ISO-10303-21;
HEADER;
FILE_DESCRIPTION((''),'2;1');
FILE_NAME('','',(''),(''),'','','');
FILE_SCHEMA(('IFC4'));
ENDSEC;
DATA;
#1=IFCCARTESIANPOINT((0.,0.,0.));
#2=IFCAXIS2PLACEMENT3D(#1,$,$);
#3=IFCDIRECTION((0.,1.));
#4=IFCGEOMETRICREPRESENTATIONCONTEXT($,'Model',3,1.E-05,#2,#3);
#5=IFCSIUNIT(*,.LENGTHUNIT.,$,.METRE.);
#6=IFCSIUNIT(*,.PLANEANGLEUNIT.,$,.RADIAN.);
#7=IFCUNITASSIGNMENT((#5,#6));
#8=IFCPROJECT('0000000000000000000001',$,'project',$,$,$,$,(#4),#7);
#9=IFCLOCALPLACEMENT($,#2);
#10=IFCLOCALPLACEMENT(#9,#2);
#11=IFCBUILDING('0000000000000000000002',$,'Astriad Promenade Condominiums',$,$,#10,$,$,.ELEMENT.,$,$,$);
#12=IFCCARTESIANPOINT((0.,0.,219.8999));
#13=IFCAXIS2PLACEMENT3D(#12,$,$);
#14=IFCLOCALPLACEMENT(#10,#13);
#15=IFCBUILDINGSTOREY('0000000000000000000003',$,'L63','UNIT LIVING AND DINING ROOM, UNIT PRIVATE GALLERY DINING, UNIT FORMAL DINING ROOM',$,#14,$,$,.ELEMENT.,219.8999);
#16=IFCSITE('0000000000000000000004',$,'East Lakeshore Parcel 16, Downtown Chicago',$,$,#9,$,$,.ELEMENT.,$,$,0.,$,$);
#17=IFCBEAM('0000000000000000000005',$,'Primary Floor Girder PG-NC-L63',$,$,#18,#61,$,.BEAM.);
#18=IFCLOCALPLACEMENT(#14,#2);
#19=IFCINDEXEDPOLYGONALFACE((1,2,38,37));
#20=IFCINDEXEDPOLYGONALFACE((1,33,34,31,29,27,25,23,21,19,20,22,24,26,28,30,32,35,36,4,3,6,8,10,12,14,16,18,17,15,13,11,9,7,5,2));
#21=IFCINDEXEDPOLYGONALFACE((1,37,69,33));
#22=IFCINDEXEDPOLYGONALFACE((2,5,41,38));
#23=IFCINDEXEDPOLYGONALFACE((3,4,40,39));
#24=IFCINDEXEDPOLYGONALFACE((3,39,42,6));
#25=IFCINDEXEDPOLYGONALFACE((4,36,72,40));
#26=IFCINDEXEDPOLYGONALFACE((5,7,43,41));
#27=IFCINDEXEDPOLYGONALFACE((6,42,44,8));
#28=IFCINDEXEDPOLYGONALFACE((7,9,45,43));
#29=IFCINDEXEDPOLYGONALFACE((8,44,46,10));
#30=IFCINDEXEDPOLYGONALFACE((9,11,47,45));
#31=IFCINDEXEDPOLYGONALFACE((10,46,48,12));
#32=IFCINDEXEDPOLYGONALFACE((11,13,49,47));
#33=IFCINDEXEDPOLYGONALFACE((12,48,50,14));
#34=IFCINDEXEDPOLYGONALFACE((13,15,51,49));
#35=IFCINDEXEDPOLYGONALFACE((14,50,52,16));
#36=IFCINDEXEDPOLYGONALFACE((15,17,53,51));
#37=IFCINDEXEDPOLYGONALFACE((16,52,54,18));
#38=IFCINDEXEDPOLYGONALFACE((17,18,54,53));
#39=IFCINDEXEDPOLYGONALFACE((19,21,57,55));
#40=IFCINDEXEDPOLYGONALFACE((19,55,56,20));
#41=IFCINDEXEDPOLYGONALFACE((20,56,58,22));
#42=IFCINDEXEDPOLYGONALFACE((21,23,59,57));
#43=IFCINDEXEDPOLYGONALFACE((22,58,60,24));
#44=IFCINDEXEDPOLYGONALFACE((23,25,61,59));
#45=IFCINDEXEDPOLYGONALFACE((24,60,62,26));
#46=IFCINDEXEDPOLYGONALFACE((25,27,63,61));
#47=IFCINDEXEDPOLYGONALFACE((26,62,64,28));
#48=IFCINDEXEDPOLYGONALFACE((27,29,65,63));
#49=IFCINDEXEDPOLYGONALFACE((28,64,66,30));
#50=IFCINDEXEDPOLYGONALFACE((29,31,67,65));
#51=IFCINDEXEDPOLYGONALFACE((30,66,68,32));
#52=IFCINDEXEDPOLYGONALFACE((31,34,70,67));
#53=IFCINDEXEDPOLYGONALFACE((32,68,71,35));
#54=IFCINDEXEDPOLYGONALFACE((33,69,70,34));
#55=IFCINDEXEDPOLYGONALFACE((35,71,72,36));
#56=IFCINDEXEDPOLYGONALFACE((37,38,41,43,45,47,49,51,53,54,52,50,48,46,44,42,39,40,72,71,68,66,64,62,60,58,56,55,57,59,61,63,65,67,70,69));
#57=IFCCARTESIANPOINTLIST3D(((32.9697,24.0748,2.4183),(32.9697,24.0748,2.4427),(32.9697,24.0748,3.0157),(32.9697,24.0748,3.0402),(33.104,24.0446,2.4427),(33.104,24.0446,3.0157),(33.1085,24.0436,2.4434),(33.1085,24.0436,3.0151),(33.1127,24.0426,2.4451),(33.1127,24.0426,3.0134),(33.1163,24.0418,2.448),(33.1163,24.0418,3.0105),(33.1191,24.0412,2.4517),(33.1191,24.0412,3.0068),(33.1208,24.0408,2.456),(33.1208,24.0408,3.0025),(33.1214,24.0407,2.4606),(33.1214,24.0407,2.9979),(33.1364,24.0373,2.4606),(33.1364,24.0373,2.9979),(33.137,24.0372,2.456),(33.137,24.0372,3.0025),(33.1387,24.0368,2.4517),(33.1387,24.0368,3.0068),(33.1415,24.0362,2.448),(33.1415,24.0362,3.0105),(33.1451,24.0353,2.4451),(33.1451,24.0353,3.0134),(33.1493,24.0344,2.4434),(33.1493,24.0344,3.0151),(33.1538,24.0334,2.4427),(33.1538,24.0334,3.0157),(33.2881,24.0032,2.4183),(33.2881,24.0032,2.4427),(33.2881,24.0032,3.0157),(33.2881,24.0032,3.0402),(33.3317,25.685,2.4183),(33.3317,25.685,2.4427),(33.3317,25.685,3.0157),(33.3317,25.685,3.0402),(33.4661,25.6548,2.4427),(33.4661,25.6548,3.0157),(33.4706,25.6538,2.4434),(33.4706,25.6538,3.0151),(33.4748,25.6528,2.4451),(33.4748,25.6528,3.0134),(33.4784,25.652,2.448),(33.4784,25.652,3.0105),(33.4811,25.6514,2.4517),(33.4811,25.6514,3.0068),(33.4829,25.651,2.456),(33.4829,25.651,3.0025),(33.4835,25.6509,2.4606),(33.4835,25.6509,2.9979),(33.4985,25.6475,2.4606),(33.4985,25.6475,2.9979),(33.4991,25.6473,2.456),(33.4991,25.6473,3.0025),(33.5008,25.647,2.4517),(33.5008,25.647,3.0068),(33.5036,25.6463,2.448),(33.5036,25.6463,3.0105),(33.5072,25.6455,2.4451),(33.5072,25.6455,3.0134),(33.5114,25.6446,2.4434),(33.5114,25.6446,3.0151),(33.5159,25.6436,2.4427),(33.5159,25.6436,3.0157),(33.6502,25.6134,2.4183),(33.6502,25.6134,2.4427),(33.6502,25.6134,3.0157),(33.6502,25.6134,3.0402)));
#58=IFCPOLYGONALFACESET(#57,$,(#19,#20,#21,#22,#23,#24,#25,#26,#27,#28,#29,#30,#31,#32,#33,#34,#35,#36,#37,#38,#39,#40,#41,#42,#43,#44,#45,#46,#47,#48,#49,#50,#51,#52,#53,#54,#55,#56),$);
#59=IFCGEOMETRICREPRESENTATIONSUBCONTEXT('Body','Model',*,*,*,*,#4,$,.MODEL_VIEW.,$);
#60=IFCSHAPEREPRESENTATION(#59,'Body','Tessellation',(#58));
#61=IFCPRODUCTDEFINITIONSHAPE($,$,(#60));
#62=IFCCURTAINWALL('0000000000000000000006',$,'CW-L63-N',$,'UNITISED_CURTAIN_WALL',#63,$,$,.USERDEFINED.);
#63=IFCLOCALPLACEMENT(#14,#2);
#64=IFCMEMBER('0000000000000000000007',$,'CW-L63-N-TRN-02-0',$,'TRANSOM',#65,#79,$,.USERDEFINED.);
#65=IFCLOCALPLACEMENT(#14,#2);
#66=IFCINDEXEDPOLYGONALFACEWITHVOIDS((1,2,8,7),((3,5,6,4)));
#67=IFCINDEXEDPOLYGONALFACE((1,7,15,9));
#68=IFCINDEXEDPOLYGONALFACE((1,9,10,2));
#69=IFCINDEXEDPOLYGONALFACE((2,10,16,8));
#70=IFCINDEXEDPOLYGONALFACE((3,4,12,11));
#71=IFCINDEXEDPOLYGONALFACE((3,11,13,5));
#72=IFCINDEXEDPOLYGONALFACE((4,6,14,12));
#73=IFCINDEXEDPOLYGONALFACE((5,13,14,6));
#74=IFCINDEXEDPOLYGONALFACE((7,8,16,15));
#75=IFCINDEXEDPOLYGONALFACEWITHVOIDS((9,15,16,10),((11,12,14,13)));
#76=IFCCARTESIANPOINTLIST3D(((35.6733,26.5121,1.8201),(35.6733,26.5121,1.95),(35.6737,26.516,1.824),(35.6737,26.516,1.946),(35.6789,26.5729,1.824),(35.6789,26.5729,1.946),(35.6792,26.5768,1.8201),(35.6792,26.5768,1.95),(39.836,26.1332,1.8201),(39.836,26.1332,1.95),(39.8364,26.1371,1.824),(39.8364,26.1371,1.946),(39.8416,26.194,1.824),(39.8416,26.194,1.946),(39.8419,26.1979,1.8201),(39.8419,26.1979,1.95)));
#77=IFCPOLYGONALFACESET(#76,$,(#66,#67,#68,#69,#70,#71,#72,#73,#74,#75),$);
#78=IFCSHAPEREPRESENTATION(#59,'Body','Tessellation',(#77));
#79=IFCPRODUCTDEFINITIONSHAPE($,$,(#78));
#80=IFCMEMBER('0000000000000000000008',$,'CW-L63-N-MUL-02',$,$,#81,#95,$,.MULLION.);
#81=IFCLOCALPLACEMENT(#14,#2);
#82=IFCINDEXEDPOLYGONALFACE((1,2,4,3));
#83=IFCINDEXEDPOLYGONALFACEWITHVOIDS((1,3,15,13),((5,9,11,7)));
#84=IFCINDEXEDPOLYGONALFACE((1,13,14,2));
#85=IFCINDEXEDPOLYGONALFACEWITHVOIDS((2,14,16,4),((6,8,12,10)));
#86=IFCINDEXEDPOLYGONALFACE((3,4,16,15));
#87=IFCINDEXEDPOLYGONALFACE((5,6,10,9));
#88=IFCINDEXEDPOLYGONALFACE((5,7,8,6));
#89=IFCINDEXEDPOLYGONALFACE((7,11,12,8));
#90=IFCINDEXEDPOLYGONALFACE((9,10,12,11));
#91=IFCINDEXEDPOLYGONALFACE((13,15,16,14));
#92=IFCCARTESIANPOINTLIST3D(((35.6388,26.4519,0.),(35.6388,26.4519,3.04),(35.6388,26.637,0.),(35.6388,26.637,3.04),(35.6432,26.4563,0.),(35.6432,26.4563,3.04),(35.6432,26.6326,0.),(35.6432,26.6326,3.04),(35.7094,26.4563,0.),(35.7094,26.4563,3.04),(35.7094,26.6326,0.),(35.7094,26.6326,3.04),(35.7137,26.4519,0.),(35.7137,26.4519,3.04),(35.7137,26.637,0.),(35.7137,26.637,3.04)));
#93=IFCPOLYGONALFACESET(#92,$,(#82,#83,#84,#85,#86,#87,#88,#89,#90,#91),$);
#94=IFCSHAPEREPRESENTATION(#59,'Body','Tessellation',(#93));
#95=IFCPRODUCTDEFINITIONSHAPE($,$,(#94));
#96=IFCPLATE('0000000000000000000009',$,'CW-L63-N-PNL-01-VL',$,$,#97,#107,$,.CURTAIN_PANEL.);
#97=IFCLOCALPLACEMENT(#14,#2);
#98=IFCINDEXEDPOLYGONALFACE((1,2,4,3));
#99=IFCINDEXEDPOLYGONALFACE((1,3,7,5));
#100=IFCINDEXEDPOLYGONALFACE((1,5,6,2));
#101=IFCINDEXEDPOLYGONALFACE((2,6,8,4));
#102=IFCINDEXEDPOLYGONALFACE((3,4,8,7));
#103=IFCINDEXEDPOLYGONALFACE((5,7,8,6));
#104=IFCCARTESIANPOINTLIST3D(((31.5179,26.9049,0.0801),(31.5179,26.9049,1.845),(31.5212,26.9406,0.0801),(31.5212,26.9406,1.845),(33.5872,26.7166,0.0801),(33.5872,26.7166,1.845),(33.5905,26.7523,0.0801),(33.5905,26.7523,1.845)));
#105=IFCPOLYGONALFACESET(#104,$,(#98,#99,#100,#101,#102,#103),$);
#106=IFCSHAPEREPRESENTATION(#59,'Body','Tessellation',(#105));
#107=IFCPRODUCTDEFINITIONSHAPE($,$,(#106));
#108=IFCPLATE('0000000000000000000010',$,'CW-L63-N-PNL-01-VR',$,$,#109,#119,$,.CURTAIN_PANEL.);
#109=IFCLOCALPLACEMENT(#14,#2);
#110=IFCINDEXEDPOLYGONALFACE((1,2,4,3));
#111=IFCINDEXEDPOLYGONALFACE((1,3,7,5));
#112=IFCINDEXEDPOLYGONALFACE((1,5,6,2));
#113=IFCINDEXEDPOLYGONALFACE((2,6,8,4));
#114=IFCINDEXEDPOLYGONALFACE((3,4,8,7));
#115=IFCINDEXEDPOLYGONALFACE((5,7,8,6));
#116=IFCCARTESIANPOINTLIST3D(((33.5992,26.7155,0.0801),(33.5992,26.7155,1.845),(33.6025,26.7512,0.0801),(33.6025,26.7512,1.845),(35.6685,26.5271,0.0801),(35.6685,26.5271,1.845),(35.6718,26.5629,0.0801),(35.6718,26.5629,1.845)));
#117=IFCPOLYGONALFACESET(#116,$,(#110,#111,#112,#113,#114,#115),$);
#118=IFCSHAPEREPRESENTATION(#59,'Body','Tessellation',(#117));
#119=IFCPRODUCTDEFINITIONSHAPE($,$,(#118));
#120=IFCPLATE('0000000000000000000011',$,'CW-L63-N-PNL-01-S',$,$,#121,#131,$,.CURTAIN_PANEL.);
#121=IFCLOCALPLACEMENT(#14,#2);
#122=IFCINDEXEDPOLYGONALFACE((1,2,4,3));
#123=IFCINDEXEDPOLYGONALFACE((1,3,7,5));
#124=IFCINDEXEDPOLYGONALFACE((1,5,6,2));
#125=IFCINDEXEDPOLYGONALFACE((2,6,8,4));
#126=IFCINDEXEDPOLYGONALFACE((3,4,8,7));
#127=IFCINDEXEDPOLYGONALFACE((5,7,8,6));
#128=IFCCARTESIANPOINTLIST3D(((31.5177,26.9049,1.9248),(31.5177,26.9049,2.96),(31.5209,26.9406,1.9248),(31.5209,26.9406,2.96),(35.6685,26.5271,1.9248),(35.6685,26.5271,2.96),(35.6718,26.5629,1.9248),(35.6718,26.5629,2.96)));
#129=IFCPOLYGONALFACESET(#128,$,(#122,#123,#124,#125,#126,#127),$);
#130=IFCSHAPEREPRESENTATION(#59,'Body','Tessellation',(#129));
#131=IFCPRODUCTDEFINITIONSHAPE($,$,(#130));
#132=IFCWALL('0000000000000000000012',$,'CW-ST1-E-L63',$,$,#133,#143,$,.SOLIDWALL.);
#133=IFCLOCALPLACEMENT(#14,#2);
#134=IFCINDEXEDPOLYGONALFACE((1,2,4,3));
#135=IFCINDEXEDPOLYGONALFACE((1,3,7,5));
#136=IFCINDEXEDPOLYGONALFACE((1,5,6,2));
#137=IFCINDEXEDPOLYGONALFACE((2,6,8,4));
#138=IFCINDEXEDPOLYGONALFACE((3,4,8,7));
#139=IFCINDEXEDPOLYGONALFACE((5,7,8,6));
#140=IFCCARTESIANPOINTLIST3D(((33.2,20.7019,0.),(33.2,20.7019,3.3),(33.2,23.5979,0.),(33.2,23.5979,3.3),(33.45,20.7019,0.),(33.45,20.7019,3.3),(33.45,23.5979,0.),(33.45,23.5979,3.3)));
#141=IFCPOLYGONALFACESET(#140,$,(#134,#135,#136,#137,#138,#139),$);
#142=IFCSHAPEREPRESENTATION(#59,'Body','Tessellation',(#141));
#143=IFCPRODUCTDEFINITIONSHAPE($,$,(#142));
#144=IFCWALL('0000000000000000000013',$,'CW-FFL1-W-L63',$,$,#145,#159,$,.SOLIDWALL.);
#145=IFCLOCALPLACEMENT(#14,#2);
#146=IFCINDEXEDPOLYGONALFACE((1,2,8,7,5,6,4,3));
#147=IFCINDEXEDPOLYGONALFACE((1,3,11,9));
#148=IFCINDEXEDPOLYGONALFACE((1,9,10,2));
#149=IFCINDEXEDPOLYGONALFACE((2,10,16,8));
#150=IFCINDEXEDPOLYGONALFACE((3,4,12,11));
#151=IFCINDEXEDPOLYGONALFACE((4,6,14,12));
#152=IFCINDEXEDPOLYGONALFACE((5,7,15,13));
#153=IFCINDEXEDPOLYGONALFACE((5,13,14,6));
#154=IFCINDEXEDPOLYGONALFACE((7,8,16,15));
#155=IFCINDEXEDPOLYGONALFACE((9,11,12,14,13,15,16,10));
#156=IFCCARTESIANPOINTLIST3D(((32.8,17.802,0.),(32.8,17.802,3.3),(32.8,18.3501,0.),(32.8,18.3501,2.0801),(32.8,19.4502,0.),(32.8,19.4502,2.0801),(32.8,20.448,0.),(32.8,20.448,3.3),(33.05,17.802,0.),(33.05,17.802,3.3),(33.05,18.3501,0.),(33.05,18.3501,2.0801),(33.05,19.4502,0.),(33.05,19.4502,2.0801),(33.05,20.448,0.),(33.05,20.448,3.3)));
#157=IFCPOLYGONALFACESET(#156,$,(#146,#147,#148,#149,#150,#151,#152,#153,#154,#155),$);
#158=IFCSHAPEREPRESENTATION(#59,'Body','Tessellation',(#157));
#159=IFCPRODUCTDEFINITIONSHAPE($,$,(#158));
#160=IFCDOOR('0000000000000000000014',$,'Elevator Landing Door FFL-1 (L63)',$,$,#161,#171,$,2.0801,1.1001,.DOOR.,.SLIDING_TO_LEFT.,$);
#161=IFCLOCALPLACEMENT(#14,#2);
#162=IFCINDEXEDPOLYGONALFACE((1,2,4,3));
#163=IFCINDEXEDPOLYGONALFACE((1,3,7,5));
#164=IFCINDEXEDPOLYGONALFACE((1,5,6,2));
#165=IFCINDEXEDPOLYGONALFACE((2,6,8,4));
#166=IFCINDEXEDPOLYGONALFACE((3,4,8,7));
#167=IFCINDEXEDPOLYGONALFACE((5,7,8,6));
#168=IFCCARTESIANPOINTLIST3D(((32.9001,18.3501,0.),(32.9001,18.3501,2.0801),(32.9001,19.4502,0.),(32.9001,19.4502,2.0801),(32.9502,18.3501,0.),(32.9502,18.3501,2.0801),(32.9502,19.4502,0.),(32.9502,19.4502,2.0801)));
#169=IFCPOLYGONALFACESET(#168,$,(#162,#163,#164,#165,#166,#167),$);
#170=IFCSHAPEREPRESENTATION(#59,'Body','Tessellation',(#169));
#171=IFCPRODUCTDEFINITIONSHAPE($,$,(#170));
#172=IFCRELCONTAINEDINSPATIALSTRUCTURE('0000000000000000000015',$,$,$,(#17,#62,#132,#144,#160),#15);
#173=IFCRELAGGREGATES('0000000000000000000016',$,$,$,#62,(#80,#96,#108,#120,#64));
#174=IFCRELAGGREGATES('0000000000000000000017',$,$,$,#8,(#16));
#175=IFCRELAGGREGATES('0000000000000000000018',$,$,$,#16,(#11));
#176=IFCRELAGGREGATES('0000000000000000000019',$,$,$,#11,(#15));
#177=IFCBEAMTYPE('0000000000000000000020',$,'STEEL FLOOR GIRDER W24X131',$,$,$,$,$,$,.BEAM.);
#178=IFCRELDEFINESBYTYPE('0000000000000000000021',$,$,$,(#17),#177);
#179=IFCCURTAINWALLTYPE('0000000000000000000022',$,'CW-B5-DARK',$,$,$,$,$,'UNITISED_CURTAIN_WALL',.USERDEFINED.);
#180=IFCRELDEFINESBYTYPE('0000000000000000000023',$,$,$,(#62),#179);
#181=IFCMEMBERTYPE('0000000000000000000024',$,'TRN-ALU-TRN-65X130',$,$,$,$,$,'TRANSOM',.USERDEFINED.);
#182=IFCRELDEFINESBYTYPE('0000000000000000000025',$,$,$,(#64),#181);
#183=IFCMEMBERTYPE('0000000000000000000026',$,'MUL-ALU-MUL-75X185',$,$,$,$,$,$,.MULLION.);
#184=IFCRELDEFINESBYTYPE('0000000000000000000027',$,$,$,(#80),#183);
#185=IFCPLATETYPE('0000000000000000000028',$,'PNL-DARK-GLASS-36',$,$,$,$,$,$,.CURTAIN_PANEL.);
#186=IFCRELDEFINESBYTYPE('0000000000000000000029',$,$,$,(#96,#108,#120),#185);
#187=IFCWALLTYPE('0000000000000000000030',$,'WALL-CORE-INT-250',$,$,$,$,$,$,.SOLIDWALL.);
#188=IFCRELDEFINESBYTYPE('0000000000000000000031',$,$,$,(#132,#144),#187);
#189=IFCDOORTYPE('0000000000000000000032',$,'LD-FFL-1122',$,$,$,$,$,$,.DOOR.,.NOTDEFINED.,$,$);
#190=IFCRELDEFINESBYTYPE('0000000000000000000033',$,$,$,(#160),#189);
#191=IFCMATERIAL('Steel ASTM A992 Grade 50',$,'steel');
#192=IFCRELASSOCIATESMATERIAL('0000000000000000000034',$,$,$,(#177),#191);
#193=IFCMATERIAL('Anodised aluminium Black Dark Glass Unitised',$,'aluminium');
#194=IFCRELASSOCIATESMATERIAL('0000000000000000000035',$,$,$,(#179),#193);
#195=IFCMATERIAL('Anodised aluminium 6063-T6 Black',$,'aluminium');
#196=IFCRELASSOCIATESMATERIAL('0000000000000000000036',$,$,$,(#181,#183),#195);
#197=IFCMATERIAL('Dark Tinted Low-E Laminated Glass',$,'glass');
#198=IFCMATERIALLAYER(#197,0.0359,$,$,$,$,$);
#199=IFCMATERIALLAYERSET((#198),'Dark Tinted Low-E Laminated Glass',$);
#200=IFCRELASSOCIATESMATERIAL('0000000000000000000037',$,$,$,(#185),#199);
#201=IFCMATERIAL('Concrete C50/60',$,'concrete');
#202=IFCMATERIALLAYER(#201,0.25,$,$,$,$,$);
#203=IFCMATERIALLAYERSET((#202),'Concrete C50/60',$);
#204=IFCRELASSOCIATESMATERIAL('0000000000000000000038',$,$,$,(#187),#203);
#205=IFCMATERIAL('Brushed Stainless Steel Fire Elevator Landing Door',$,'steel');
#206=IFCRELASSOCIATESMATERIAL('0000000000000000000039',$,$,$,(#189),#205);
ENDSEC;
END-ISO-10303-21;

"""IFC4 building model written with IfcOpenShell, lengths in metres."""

from ifc_helpers import new_model, si_unit, direction, frame, frame_2d, origin, origin_2d, place, context, subcontext, project, spatial, rectangle, hollow_rectangle, i_section, extrude, source, transform, mapped, material, layer, layer_set, material_profile, profile_set, type_object, type_shapes, element, fill, aggregate, save


model = new_model("IFC4")

# Units and contexts
model_context = context("Model", 3, precision=1e-05, world=origin(), true_north=direction((0.0, 1.0)))
body_context = subcontext(model_context, "Body", "Model", "MODEL_VIEW")
ifc_project = project(units=[si_unit("LENGTHUNIT", "METRE"), si_unit("PLANEANGLEUNIT", "RADIAN")], contexts=[model_context])

# Site, building, storey
site_placement = place(None, origin())
site = spatial("IfcSite", under=ifc_project, at=site_placement, Name="East Lakeshore Parcel 16, Downtown Chicago", CompositionType="ELEMENT", RefElevation=0.0)
building_placement = place(site_placement, origin())
building = spatial("IfcBuilding", under=site, at=building_placement, Name="Astriad Promenade Condominiums", CompositionType="ELEMENT")
storey_placement = place(building_placement, frame((0.0, 0.0, 219.8999)))
storey = spatial("IfcBuildingStorey", under=building, at=storey_placement, Name="L63", Description="UNIT LIVING AND DINING ROOM, UNIT PRIVATE GALLERY DINING, UNIT FORMAL DINING ROOM", CompositionType="ELEMENT", Elevation=219.8999)

# Shared definitions
ifc_material_1 = material(Name="Steel ASTM A992 Grade 50", Category="steel")
ifc_material_2 = material(Name="Concrete C50/60", Category="concrete")

# Beam
ifc_material_profile_1 = material_profile(ifc_material_1, i_section(OverallWidth=0.3264, OverallDepth=0.6218, WebThickness=0.0154, FlangeThickness=0.0244, FilletRadius=0.0178, at=origin_2d()), Name="W24X131")
ifc_profile_set_1 = profile_set([ifc_material_profile_1], Name="Steel ASTM A992 Grade 50")
beam_type_1 = type_object("IfcBeamType", Name="STEEL FLOOR GIRDER W24X131", PredefinedType="BEAM", material=ifc_profile_set_1)
shared_shape_1 = source(origin(), body_context, "Body", "SweptSolid", [
    extrude(i_section(OverallWidth=0.3264, OverallDepth=0.6218, WebThickness=0.0154, FlangeThickness=0.0244, FilletRadius=0.0178, at=origin_2d()), origin(), (0.0, 0.0, 1.0), 1.6504),
])
type_shapes(beam_type_1, [shared_shape_1])
beam_1_placement = place(storey_placement, frame((33.491, 25.6492, 2.7292), z_axis=(-0.219389, -0.975637, 0.0), x_axis=(0.975637, -0.219389, 0.0)))
element("IfcBeam", 1, at=beam_1_placement, inside=storey, type_object=beam_type_1, Name="Primary Floor Girder PG-NC-L63", PredefinedType="BEAM", context=body_context, shape_type="MappedRepresentation", body=[
    mapped(shared_shape_1, transform((0.0, 0.0, 0.0), scale=1.0)),
])

# Curtain wall, members, plates
ifc_material_3 = material(Name="Anodised aluminium Black Dark Glass Unitised", Category="aluminium")
curtain_wall_type = type_object("IfcCurtainWallType", Name="CW-B5-DARK", ElementType="UNITISED_CURTAIN_WALL", PredefinedType="USERDEFINED", material=ifc_material_3)
curtain_wall_placement = place(storey_placement, origin())
curtain_wall = element("IfcCurtainWall", 2, at=curtain_wall_placement, inside=storey, type_object=curtain_wall_type, Name="CW-L63-N", ObjectType="UNITISED_CURTAIN_WALL", PredefinedType="USERDEFINED")
ifc_material_4 = material(Name="Anodised aluminium 6063-T6 Black", Category="aluminium")
ifc_material_profile_2 = material_profile(ifc_material_4, hollow_rectangle(XDim=0.0649, YDim=0.1299, WallThickness=0.0039, at=origin_2d()), Name="ALU-TRN-65X130")
ifc_profile_set_2 = profile_set([ifc_material_profile_2], Name="Anodised aluminium 6063-T6 Black")
member_type_1 = type_object("IfcMemberType", Name="TRN-ALU-TRN-65X130", ElementType="TRANSOM", PredefinedType="USERDEFINED", material=ifc_profile_set_2)
shared_shape_2 = source(origin(), body_context, "Body", "SweptSolid", [
    extrude(hollow_rectangle(XDim=0.0649, YDim=0.1299, WallThickness=0.0039, at=origin_2d()), origin(), (0.0, 0.0, 1.0), 4.1799),
])
type_shapes(member_type_1, [shared_shape_2])
member_1_placement = place(storey_placement, frame((35.6763, 26.5444, 1.885), z_axis=(0.995883, -0.090646, 0.0), x_axis=(0.090646, 0.995883, 0.0)))
member_1 = element("IfcMember", 3, at=member_1_placement, type_object=member_type_1, Name="CW-L63-N-TRN-02-0", ObjectType="TRANSOM", PredefinedType="USERDEFINED", context=body_context, shape_type="MappedRepresentation", body=[
    mapped(shared_shape_2, transform((0.0, 0.0, 0.0), scale=1.0)),
])
ifc_material_profile_3 = material_profile(ifc_material_4, hollow_rectangle(XDim=0.075, YDim=0.1851, WallThickness=0.0044, at=origin_2d()), Name="ALU-MUL-75X185")
ifc_profile_set_3 = profile_set([ifc_material_profile_3], Name="Anodised aluminium 6063-T6 Black")
member_type_2 = type_object("IfcMemberType", Name="MUL-ALU-MUL-75X185", PredefinedType="MULLION", material=ifc_profile_set_3)
shared_shape_3 = source(origin(), body_context, "Body", "SweptSolid", [
    extrude(hollow_rectangle(XDim=0.075, YDim=0.1851, WallThickness=0.0044, at=origin_2d()), origin(), (0.0, 0.0, 1.0), 3.04),
])
type_shapes(member_type_2, [shared_shape_3])
member_2_placement = place(storey_placement, frame((35.6763, 26.5444, 0.0), z_axis=(0.0, 0.0, 1.0), x_axis=(1.0, 0.0, 0.0)))
member_2 = element("IfcMember", 4, at=member_2_placement, type_object=member_type_2, Name="CW-L63-N-MUL-02", PredefinedType="MULLION", context=body_context, shape_type="MappedRepresentation", body=[
    mapped(shared_shape_3, transform((0.0, 0.0, 0.0), scale=1.0)),
])
ifc_material_5 = material(Name="Dark Tinted Low-E Laminated Glass", Category="glass")
ifc_layer_1 = layer(ifc_material_5, 0.0359)
ifc_layer_set_1 = layer_set([ifc_layer_1], Name="Dark Tinted Low-E Laminated Glass")
plate_type = type_object("IfcPlateType", Name="PNL-DARK-GLASS-36", PredefinedType="CURTAIN_PANEL", material=ifc_layer_set_1)
shared_shape_4 = source(origin(), body_context, "Body", "SweptSolid", [
    extrude(rectangle(XDim=2.0779, YDim=0.0359, at=origin_2d()), origin(), (0.0, 0.0, 1.0), 1.7649),
])
plate_1_placement = place(storey_placement, frame((32.5542, 26.8286, 0.0801), z_axis=(0.0, 0.0, 1.0), x_axis=(0.995884, -0.090633, 0.0)))
plate_1 = element("IfcPlate", 5, at=plate_1_placement, type_object=plate_type, Name="CW-L63-N-PNL-01-VL", PredefinedType="CURTAIN_PANEL", context=body_context, shape_type="MappedRepresentation", body=[
    mapped(shared_shape_4, transform((0.0, 0.0, 0.0), scale=1.0)),
])
plate_2_placement = place(storey_placement, frame((34.6355, 26.6392, 0.0801), z_axis=(0.0, 0.0, 1.0), x_axis=(0.995884, -0.090633, 0.0)))
plate_2 = element("IfcPlate", 6, at=plate_2_placement, type_object=plate_type, Name="CW-L63-N-PNL-01-VR", PredefinedType="CURTAIN_PANEL", context=body_context, shape_type="MappedRepresentation", body=[
    mapped(shared_shape_4, transform((0.0, 0.0, 0.0), scale=1.0)),
])
shared_shape_5 = source(origin(), body_context, "Body", "SweptSolid", [
    extrude(rectangle(XDim=4.168, YDim=0.0359, at=origin_2d()), origin(), (0.0, 0.0, 1.0), 1.0352),
])
type_shapes(plate_type, [shared_shape_4, shared_shape_5])
plate_3_placement = place(storey_placement, frame((33.5947, 26.7339, 1.9248), z_axis=(0.0, 0.0, 1.0), x_axis=(0.995884, -0.090633, 0.0)))
plate_3 = element("IfcPlate", 7, at=plate_3_placement, type_object=plate_type, Name="CW-L63-N-PNL-01-S", PredefinedType="CURTAIN_PANEL", context=body_context, shape_type="MappedRepresentation", body=[
    mapped(shared_shape_5, transform((0.0, 0.0, 0.0), scale=1.0)),
])
aggregate(curtain_wall, [member_2, plate_1, plate_2, plate_3, member_1])

# Wall
ifc_layer_2 = layer(ifc_material_2, 0.25)
ifc_layer_set_2 = layer_set([ifc_layer_2], Name="Concrete C50/60")
wall_type_1 = type_object("IfcWallType", Name="WALL-CORE-INT-250", PredefinedType="SOLIDWALL", material=ifc_layer_set_2)
wall_1_placement = place(storey_placement, frame((33.325, 20.7019, 0.0), z_axis=(0.0, 0.0, 1.0), x_axis=(0.0, 1.0, 0.0)))
element("IfcWall", 8, at=wall_1_placement, inside=storey, type_object=wall_type_1, Name="CW-ST1-E-L63", PredefinedType="SOLIDWALL", context=body_context, shape_type="SweptSolid", body=[
    extrude(rectangle(XDim=2.896, YDim=0.25, at=frame_2d((1.448, 0.0))), origin(), (0.0, 0.0, 1.0), 3.3),
])

# Wall, opening, door
wall_2_placement = place(storey_placement, frame((32.925, 17.802, 0.0), z_axis=(0.0, 0.0, 1.0), x_axis=(0.0, 1.0, 0.0)))
wall_2 = element("IfcWall", 9, at=wall_2_placement, inside=storey, type_object=wall_type_1, Name="CW-FFL1-W-L63", PredefinedType="SOLIDWALL", context=body_context, shape_type="SweptSolid", body=[
    extrude(rectangle(XDim=2.646, YDim=0.25, at=frame_2d((1.323, 0.0))), origin(), (0.0, 0.0, 1.0), 3.3),
])
opening_1_placement = place(wall_2_placement, frame((0.5481, 0.0, 0.0)))
opening_1 = element("IfcOpeningElement", 10, at=opening_1_placement, cuts=wall_2, PredefinedType="OPENING", context=body_context, shape_type="SweptSolid", body=[
    extrude(rectangle(XDim=1.1001, YDim=2.0801, at=frame_2d((0.55, 1.04))), frame((0.0, 0.135, 0.0), z_axis=(0.0, -1.0, 0.0), x_axis=(1.0, 0.0, 0.0)), (0.0, 0.0, 1.0), 0.27),
])
ifc_material_6 = material(Name="Brushed Stainless Steel Fire Elevator Landing Door", Category="steel")
door_type_1 = type_object("IfcDoorType", Name="LD-FFL-1122", OperationType="NOTDEFINED", PredefinedType="DOOR", material=ifc_material_6)
shared_shape_6 = source(origin(), body_context, "Body", "SweptSolid", [
    extrude(rectangle(XDim=1.1001, YDim=2.0801, at=frame_2d((0.55, 1.04))), frame((0.0, 0.0249, 0.0), z_axis=(0.0, -1.0, 0.0), x_axis=(1.0, 0.0, 0.0)), (0.0, 0.0, 1.0), 0.05),
])
type_shapes(door_type_1, [shared_shape_6])
door_1_placement = place(opening_1_placement, origin())
door_1 = element("IfcDoor", 11, at=door_1_placement, inside=storey, type_object=door_type_1, Name="Elevator Landing Door FFL-1 (L63)", OperationType="SLIDING_TO_LEFT", OverallHeight=2.0801, OverallWidth=1.1001, PredefinedType="DOOR", context=body_context, shape_type="MappedRepresentation", body=[
    mapped(shared_shape_6, transform((0.0, 0.0, 0.0), scale=1.0)),
])
fill(opening_1, door_1)

save(model, "model.ifc")
